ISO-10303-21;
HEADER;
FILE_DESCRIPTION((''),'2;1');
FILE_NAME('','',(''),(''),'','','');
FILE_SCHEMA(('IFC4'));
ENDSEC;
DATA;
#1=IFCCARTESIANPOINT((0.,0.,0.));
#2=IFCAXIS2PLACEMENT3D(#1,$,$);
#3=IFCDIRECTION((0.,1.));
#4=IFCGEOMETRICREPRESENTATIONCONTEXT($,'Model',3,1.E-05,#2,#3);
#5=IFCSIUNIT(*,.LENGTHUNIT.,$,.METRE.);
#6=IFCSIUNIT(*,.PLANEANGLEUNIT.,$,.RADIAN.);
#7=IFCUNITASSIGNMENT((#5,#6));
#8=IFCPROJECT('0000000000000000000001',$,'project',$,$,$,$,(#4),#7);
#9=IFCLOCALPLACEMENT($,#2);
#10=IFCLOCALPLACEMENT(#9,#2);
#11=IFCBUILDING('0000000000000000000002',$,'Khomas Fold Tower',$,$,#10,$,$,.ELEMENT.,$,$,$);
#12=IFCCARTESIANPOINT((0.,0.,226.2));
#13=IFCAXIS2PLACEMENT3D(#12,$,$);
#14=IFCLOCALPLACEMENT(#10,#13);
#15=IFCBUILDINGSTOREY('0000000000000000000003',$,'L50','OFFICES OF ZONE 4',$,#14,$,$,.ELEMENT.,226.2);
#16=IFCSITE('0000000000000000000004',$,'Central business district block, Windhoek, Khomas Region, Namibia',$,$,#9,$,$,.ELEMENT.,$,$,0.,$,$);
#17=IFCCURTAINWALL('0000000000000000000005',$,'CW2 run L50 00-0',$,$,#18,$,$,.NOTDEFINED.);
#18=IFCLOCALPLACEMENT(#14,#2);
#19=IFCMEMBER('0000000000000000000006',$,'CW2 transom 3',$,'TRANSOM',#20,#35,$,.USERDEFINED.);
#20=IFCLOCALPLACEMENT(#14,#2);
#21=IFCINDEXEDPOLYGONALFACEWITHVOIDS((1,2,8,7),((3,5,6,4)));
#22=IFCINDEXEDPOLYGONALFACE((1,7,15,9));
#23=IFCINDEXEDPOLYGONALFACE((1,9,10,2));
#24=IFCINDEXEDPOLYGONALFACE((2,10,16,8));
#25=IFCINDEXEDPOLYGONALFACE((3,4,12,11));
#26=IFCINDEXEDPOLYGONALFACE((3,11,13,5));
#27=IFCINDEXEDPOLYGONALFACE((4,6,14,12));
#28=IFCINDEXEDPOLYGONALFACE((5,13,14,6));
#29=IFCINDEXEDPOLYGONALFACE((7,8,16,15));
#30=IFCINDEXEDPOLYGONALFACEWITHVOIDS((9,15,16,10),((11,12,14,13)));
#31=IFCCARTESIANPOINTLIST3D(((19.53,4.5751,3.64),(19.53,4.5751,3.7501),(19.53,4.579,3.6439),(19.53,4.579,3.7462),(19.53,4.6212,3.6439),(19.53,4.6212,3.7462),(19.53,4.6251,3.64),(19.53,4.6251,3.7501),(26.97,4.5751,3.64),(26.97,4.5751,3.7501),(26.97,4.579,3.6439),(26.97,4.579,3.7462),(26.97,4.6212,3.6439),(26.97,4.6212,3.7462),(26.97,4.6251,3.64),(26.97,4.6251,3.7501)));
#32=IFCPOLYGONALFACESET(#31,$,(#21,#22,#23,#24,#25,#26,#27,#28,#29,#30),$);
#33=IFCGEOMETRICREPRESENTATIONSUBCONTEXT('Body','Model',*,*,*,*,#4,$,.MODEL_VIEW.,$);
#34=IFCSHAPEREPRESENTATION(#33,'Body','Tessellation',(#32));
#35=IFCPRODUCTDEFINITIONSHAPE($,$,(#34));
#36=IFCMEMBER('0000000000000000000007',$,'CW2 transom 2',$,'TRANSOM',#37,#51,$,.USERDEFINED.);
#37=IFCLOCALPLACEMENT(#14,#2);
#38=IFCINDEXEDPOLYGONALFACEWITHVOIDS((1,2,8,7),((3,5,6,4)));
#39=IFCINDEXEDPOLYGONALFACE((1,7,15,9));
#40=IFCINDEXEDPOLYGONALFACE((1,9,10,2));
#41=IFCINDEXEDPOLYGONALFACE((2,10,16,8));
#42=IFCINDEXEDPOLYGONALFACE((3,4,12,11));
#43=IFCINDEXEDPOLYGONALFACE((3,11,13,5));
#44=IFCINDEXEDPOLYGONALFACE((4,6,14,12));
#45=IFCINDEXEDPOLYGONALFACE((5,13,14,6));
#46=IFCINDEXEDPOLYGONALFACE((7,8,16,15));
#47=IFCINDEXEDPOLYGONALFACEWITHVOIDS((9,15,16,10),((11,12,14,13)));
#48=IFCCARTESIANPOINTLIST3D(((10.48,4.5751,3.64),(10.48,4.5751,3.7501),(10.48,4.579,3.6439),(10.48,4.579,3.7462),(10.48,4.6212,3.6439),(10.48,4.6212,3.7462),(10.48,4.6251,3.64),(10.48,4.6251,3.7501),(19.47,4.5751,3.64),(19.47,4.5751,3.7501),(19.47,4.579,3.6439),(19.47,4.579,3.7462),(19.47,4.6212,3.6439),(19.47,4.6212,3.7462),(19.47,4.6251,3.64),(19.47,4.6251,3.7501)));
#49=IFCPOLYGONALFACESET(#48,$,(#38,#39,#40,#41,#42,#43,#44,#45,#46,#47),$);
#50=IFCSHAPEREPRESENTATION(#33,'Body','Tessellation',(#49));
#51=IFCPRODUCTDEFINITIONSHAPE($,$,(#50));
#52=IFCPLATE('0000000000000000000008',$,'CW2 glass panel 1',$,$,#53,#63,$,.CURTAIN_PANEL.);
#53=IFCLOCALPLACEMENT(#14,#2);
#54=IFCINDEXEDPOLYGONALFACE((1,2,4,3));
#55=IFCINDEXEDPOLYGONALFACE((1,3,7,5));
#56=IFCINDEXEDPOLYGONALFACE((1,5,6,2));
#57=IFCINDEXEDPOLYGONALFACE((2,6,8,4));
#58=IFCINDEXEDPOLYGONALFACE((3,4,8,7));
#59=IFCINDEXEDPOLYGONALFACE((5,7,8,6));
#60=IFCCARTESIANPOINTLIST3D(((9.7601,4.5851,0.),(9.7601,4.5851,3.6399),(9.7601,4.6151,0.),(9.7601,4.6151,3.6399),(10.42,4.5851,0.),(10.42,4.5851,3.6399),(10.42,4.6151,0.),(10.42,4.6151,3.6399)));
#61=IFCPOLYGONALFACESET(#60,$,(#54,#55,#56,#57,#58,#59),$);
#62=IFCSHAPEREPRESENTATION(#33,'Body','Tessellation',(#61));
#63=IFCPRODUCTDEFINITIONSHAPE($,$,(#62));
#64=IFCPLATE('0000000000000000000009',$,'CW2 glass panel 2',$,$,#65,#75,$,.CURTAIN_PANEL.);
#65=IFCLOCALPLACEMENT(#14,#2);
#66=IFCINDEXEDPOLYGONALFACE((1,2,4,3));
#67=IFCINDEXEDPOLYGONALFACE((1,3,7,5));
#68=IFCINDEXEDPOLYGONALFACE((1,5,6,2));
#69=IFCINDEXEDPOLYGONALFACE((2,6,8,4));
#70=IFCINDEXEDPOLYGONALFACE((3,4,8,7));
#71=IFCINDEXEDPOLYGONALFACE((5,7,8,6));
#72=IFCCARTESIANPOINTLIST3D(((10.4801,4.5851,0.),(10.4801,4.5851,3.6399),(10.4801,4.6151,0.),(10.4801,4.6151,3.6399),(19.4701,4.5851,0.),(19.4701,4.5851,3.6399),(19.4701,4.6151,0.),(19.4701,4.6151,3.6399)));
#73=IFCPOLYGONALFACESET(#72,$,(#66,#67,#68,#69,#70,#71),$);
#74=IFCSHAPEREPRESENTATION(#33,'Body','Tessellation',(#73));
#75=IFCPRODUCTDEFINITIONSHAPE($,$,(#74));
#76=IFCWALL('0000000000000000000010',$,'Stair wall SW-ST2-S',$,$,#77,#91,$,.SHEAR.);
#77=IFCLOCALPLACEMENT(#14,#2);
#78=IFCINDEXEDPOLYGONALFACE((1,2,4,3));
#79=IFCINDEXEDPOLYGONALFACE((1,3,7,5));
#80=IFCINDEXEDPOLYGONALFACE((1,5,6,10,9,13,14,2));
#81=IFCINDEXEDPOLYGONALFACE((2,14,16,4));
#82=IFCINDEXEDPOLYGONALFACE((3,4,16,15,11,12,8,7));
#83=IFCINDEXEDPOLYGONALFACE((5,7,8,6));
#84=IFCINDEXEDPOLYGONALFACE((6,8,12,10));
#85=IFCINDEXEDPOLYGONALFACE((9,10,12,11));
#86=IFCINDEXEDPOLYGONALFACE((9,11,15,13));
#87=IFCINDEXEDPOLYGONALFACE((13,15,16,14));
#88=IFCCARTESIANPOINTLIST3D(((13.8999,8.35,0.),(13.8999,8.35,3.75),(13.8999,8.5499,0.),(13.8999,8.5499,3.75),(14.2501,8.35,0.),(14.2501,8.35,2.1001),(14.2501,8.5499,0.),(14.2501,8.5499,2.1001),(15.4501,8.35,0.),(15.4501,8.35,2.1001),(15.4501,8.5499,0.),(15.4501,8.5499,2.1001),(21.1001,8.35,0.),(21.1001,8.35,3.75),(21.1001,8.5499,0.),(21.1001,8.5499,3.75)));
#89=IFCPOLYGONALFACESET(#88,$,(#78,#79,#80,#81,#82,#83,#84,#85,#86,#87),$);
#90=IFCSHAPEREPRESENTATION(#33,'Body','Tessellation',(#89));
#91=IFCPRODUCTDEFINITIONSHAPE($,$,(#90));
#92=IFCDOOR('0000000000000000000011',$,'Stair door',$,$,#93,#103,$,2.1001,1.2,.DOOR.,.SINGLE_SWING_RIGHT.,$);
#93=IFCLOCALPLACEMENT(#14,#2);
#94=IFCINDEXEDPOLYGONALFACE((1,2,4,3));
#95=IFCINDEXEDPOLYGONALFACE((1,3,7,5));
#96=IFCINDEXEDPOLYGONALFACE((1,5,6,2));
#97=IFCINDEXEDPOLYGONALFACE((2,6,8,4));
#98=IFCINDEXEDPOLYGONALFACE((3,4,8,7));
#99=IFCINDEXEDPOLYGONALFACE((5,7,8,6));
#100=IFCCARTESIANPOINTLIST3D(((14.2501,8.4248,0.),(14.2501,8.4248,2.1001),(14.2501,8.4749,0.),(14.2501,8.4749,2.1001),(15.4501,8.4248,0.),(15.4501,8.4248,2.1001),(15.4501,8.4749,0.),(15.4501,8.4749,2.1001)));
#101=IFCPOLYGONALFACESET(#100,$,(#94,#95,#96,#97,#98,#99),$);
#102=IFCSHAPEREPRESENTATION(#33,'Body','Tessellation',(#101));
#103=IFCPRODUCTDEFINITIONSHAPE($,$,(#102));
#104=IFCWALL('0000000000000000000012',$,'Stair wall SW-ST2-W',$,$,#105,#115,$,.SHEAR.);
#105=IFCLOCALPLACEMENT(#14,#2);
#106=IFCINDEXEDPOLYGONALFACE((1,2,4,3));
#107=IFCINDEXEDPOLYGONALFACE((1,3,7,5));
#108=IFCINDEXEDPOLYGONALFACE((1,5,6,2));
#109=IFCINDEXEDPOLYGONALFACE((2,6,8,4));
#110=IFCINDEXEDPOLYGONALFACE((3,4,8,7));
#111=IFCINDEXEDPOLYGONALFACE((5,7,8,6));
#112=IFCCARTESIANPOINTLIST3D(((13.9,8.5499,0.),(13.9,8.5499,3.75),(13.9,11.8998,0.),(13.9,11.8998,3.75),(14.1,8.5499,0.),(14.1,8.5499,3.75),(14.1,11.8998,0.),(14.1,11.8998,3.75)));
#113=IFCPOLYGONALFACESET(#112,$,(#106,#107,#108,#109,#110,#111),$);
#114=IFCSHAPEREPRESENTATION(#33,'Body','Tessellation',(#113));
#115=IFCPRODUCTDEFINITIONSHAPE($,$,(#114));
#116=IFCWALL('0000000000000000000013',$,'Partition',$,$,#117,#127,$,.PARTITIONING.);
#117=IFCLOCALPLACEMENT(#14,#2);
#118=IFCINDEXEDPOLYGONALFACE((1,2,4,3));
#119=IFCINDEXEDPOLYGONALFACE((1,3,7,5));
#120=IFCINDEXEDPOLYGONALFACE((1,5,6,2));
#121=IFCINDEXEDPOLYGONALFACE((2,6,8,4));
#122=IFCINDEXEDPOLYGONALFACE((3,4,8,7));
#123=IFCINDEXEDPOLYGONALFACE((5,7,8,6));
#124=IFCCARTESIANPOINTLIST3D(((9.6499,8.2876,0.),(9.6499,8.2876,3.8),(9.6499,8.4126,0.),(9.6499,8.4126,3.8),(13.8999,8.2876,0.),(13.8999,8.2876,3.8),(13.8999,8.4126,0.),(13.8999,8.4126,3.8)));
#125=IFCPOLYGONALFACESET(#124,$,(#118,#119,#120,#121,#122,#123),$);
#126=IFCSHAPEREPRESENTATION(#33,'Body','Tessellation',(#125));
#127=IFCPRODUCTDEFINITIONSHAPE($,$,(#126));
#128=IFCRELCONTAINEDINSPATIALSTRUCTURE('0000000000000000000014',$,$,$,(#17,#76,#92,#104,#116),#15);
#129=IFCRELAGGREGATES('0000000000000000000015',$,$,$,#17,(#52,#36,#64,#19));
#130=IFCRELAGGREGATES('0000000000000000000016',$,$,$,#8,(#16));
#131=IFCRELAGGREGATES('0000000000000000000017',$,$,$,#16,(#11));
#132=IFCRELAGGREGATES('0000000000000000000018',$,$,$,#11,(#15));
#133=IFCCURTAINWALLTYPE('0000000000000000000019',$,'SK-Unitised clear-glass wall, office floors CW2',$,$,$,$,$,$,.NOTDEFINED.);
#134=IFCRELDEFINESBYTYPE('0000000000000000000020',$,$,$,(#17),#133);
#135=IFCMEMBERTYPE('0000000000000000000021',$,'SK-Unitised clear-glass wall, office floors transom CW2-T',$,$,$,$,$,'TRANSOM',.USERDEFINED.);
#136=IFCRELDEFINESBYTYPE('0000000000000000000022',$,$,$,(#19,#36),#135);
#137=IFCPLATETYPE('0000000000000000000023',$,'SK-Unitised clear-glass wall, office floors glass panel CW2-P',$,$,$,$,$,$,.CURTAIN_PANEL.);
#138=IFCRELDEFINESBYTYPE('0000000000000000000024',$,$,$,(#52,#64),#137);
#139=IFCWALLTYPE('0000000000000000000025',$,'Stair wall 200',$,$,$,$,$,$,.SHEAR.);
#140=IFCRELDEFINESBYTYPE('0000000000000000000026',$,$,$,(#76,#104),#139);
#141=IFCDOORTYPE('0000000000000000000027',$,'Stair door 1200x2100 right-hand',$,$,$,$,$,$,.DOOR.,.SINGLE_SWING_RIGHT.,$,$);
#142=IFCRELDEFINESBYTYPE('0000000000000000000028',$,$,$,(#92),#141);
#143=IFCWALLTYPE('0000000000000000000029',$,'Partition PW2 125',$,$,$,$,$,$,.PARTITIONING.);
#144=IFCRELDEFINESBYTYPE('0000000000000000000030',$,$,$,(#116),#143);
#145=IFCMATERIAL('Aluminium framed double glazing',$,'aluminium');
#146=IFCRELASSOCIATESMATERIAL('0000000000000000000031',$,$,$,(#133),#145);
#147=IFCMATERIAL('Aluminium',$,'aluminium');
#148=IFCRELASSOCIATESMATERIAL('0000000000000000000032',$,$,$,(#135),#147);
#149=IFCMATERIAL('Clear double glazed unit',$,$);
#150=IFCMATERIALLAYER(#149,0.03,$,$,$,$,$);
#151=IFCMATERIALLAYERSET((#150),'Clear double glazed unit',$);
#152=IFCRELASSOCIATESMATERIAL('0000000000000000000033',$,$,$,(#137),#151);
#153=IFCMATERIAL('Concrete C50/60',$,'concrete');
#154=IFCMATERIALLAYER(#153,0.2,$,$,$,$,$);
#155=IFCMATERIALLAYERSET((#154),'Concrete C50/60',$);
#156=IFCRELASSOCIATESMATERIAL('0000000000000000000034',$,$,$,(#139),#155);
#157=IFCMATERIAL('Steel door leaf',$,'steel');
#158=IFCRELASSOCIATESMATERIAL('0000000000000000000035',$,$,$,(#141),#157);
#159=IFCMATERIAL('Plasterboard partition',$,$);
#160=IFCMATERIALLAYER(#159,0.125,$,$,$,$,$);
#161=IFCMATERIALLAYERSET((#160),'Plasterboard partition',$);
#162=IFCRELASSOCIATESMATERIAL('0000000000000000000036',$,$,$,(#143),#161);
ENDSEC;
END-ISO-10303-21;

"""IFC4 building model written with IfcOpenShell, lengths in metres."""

from ifc_helpers import new_model, si_unit, direction, frame, frame_2d, origin, origin_2d, place, context, subcontext, project, spatial, rectangle, hollow_rectangle, extrude, source, transform, mapped, material, layer, layer_set, material_profile, profile_set, type_object, element, fill, aggregate, save


model = new_model("IFC4")

# Units and contexts
model_context = context("Model", 3, precision=1e-05, world=origin(), true_north=direction((0.0, 1.0)))
body_context = subcontext(model_context, "Body", "Model", "MODEL_VIEW")
ifc_project = project(units=[si_unit("LENGTHUNIT", "METRE"), si_unit("PLANEANGLEUNIT", "RADIAN")], contexts=[model_context])

# Site, building, storey
site_placement = place(None, origin())
site = spatial("IfcSite", under=ifc_project, at=site_placement, Name="Central business district block, Windhoek, Khomas Region, Namibia", CompositionType="ELEMENT", RefElevation=0.0)
building_placement = place(site_placement, origin())
building = spatial("IfcBuilding", under=site, at=building_placement, Name="Khomas Fold Tower", CompositionType="ELEMENT")
storey_placement = place(building_placement, frame((0.0, 0.0, 226.2)))
storey = spatial("IfcBuildingStorey", under=building, at=storey_placement, Name="L50", Description="OFFICES OF ZONE 4", CompositionType="ELEMENT", Elevation=226.2)

# Curtain wall, members, plates
ifc_material_1 = material(Name="Aluminium framed double glazing", Category="aluminium")
curtain_wall_type = type_object("IfcCurtainWallType", Name="SK-Unitised clear-glass wall, office floors CW2", PredefinedType="NOTDEFINED", material=ifc_material_1)
curtain_wall_placement = place(storey_placement, origin())
curtain_wall = element("IfcCurtainWall", 1, at=curtain_wall_placement, inside=storey, type_object=curtain_wall_type, Name="CW2 run L50 00-0", PredefinedType="NOTDEFINED")
ifc_material_2 = material(Name="Aluminium", Category="aluminium")
ifc_material_profile_1 = material_profile(ifc_material_2, hollow_rectangle(XDim=0.05, YDim=0.1101, WallThickness=0.0039, at=origin_2d()), Name="SK-Unitised clear-glass wall, office floors transom CW2-T")
ifc_profile_set_1 = profile_set([ifc_material_profile_1], Name="Aluminium")
member_type_1 = type_object("IfcMemberType", Name="SK-Unitised clear-glass wall, office floors transom CW2-T", ElementType="TRANSOM", PredefinedType="USERDEFINED", material=ifc_profile_set_1)
shared_shape_1 = source(origin(), body_context, "Body", "SweptSolid", [
    extrude(hollow_rectangle(XDim=0.05, YDim=0.1101, WallThickness=0.0039, at=origin_2d()), origin(), (0.0, 0.0, 1.0), 7.4399),
])
member_1_placement = place(storey_placement, frame((19.53, 4.6001, 3.6951), z_axis=(1.0, 0.0, 0.0), x_axis=(0.0, 1.0, 0.0)))
member_1 = element("IfcMember", 2, at=member_1_placement, type_object=member_type_1, Name="CW2 transom 3", ObjectType="TRANSOM", PredefinedType="USERDEFINED", context=body_context, shape_type="MappedRepresentation", body=[
    mapped(shared_shape_1, transform((0.0, 0.0, 0.0))),
])
shared_shape_2 = source(origin(), body_context, "Body", "SweptSolid", [
    extrude(hollow_rectangle(XDim=0.05, YDim=0.1101, WallThickness=0.0039, at=origin_2d()), origin(), (0.0, 0.0, 1.0), 8.99),
])
member_2_placement = place(storey_placement, frame((10.48, 4.6001, 3.6951), z_axis=(1.0, 0.0, 0.0), x_axis=(0.0, 1.0, 0.0)))
member_2 = element("IfcMember", 3, at=member_2_placement, type_object=member_type_1, Name="CW2 transom 2", ObjectType="TRANSOM", PredefinedType="USERDEFINED", context=body_context, shape_type="MappedRepresentation", body=[
    mapped(shared_shape_2, transform((0.0, 0.0, 0.0))),
])
ifc_material_3 = material(Name="Clear double glazed unit")
ifc_layer_1 = layer(ifc_material_3, 0.03)
ifc_layer_set_1 = layer_set([ifc_layer_1], Name="Clear double glazed unit")
plate_type = type_object("IfcPlateType", Name="SK-Unitised clear-glass wall, office floors glass panel CW2-P", PredefinedType="CURTAIN_PANEL", material=ifc_layer_set_1)
shared_shape_3 = source(origin(), body_context, "Body", "SweptSolid", [
    extrude(rectangle(XDim=0.6599, YDim=0.03, at=origin_2d()), origin(), (0.0, 0.0, 1.0), 3.6399),
])
plate_1_placement = place(storey_placement, frame((10.0901, 4.6001, 0.0), z_axis=(0.0, 0.0, 1.0), x_axis=(1.0, 0.0, 0.0)))
plate_1 = element("IfcPlate", 4, at=plate_1_placement, type_object=plate_type, Name="CW2 glass panel 1", PredefinedType="CURTAIN_PANEL", context=body_context, shape_type="MappedRepresentation", body=[
    mapped(shared_shape_3, transform((0.0, 0.0, 0.0))),
])
shared_shape_4 = source(origin(), body_context, "Body", "SweptSolid", [
    extrude(rectangle(XDim=8.99, YDim=0.03, at=origin_2d()), origin(), (0.0, 0.0, 1.0), 3.6399),
])
plate_2_placement = place(storey_placement, frame((14.9751, 4.6001, 0.0), z_axis=(0.0, 0.0, 1.0), x_axis=(1.0, 0.0, 0.0)))
plate_2 = element("IfcPlate", 5, at=plate_2_placement, type_object=plate_type, Name="CW2 glass panel 2", PredefinedType="CURTAIN_PANEL", context=body_context, shape_type="MappedRepresentation", body=[
    mapped(shared_shape_4, transform((0.0, 0.0, 0.0))),
])
aggregate(curtain_wall, [plate_1, member_2, plate_2, member_1])

# Wall, opening, door
ifc_material_4 = material(Name="Concrete C50/60", Category="concrete")
ifc_layer_2 = layer(ifc_material_4, 0.2)
ifc_layer_set_2 = layer_set([ifc_layer_2], Name="Concrete C50/60")
wall_type_1 = type_object("IfcWallType", Name="Stair wall 200", PredefinedType="SHEAR", material=ifc_layer_set_2)
shared_shape_5 = source(origin(), body_context, "Body", "SweptSolid", [
    extrude(rectangle(XDim=7.2002, YDim=0.2, at=frame_2d((3.6001, 0.0))), origin(), (0.0, 0.0, 1.0), 3.75),
])
wall_1_placement = place(storey_placement, frame((13.8999, 8.45, 0.0), z_axis=(0.0, 0.0, 1.0), x_axis=(1.0, 0.0, 0.0)))
wall_1 = element("IfcWall", 6, at=wall_1_placement, inside=storey, type_object=wall_type_1, Name="Stair wall SW-ST2-S", PredefinedType="SHEAR", context=body_context, shape_type="MappedRepresentation", body=[
    mapped(shared_shape_5, transform((0.0, 0.0, 0.0))),
])
shared_shape_6 = source(origin(), body_context, "Body", "SweptSolid", [
    extrude(rectangle(XDim=1.2, YDim=2.1001, at=frame_2d((0.6001, 1.05))), frame((0.0, 0.1099, 0.0), z_axis=(0.0, -1.0, 0.0), x_axis=(1.0, 0.0, 0.0)), (0.0, 0.0, 1.0), 0.22),
])
opening_placement = place(wall_1_placement, frame((0.3501, 0.0, 0.0)))
opening = element("IfcOpeningElement", 7, at=opening_placement, cuts=wall_1, PredefinedType="OPENING", context=body_context, shape_type="MappedRepresentation", body=[
    mapped(shared_shape_6, transform((0.0, 0.0, 0.0))),
])
ifc_material_5 = material(Name="Steel door leaf", Category="steel")
door_type = type_object("IfcDoorType", Name="Stair door 1200x2100 right-hand", OperationType="SINGLE_SWING_RIGHT", PredefinedType="DOOR", material=ifc_material_5)
shared_shape_7 = source(origin(), body_context, "Body", "SweptSolid", [
    extrude(rectangle(XDim=1.2, YDim=2.1001, at=frame_2d((0.6001, 1.05))), frame((0.0, 0.0249, 0.0), z_axis=(0.0, -1.0, 0.0), x_axis=(1.0, 0.0, 0.0)), (0.0, 0.0, 1.0), 0.05),
])
door_placement = place(opening_placement, origin())
door = element("IfcDoor", 8, at=door_placement, inside=storey, type_object=door_type, Name="Stair door", OperationType="SINGLE_SWING_RIGHT", OverallHeight=2.1001, OverallWidth=1.2, PredefinedType="DOOR", context=body_context, shape_type="MappedRepresentation", body=[
    mapped(shared_shape_7, transform((0.0, 0.0, 0.0))),
])
fill(opening, door)

# Walls
shared_shape_8 = source(origin(), body_context, "Body", "SweptSolid", [
    extrude(rectangle(XDim=3.3499, YDim=0.2, at=frame_2d((1.6748, 0.0))), origin(), (0.0, 0.0, 1.0), 3.75),
])
wall_2_placement = place(storey_placement, frame((14.0, 8.55, 0.0), z_axis=(0.0, 0.0, 1.0), x_axis=(0.0, 1.0, 0.0)))
element("IfcWall", 9, at=wall_2_placement, inside=storey, type_object=wall_type_1, Name="Stair wall SW-ST2-W", PredefinedType="SHEAR", context=body_context, shape_type="MappedRepresentation", body=[
    mapped(shared_shape_8, transform((0.0, 0.0, 0.0))),
])
ifc_material_6 = material(Name="Plasterboard partition")
ifc_layer_3 = layer(ifc_material_6, 0.125)
ifc_layer_set_3 = layer_set([ifc_layer_3], Name="Plasterboard partition")
wall_type_2 = type_object("IfcWallType", Name="Partition PW2 125", PredefinedType="PARTITIONING", material=ifc_layer_set_3)
shared_shape_9 = source(origin(), body_context, "Body", "SweptSolid", [
    extrude(rectangle(XDim=4.25, YDim=0.125, at=frame_2d((2.125, 0.0))), origin(), (0.0, 0.0, 1.0), 3.8),
])
wall_3_placement = place(storey_placement, frame((9.6499, 8.3501, 0.0), z_axis=(0.0, 0.0, 1.0), x_axis=(1.0, 0.0, 0.0)))
element("IfcWall", 10, at=wall_3_placement, inside=storey, type_object=wall_type_2, Name="Partition", PredefinedType="PARTITIONING", context=body_context, shape_type="MappedRepresentation", body=[
    mapped(shared_shape_9, transform((0.0, 0.0, 0.0))),
])

save(model, "model.ifc")
